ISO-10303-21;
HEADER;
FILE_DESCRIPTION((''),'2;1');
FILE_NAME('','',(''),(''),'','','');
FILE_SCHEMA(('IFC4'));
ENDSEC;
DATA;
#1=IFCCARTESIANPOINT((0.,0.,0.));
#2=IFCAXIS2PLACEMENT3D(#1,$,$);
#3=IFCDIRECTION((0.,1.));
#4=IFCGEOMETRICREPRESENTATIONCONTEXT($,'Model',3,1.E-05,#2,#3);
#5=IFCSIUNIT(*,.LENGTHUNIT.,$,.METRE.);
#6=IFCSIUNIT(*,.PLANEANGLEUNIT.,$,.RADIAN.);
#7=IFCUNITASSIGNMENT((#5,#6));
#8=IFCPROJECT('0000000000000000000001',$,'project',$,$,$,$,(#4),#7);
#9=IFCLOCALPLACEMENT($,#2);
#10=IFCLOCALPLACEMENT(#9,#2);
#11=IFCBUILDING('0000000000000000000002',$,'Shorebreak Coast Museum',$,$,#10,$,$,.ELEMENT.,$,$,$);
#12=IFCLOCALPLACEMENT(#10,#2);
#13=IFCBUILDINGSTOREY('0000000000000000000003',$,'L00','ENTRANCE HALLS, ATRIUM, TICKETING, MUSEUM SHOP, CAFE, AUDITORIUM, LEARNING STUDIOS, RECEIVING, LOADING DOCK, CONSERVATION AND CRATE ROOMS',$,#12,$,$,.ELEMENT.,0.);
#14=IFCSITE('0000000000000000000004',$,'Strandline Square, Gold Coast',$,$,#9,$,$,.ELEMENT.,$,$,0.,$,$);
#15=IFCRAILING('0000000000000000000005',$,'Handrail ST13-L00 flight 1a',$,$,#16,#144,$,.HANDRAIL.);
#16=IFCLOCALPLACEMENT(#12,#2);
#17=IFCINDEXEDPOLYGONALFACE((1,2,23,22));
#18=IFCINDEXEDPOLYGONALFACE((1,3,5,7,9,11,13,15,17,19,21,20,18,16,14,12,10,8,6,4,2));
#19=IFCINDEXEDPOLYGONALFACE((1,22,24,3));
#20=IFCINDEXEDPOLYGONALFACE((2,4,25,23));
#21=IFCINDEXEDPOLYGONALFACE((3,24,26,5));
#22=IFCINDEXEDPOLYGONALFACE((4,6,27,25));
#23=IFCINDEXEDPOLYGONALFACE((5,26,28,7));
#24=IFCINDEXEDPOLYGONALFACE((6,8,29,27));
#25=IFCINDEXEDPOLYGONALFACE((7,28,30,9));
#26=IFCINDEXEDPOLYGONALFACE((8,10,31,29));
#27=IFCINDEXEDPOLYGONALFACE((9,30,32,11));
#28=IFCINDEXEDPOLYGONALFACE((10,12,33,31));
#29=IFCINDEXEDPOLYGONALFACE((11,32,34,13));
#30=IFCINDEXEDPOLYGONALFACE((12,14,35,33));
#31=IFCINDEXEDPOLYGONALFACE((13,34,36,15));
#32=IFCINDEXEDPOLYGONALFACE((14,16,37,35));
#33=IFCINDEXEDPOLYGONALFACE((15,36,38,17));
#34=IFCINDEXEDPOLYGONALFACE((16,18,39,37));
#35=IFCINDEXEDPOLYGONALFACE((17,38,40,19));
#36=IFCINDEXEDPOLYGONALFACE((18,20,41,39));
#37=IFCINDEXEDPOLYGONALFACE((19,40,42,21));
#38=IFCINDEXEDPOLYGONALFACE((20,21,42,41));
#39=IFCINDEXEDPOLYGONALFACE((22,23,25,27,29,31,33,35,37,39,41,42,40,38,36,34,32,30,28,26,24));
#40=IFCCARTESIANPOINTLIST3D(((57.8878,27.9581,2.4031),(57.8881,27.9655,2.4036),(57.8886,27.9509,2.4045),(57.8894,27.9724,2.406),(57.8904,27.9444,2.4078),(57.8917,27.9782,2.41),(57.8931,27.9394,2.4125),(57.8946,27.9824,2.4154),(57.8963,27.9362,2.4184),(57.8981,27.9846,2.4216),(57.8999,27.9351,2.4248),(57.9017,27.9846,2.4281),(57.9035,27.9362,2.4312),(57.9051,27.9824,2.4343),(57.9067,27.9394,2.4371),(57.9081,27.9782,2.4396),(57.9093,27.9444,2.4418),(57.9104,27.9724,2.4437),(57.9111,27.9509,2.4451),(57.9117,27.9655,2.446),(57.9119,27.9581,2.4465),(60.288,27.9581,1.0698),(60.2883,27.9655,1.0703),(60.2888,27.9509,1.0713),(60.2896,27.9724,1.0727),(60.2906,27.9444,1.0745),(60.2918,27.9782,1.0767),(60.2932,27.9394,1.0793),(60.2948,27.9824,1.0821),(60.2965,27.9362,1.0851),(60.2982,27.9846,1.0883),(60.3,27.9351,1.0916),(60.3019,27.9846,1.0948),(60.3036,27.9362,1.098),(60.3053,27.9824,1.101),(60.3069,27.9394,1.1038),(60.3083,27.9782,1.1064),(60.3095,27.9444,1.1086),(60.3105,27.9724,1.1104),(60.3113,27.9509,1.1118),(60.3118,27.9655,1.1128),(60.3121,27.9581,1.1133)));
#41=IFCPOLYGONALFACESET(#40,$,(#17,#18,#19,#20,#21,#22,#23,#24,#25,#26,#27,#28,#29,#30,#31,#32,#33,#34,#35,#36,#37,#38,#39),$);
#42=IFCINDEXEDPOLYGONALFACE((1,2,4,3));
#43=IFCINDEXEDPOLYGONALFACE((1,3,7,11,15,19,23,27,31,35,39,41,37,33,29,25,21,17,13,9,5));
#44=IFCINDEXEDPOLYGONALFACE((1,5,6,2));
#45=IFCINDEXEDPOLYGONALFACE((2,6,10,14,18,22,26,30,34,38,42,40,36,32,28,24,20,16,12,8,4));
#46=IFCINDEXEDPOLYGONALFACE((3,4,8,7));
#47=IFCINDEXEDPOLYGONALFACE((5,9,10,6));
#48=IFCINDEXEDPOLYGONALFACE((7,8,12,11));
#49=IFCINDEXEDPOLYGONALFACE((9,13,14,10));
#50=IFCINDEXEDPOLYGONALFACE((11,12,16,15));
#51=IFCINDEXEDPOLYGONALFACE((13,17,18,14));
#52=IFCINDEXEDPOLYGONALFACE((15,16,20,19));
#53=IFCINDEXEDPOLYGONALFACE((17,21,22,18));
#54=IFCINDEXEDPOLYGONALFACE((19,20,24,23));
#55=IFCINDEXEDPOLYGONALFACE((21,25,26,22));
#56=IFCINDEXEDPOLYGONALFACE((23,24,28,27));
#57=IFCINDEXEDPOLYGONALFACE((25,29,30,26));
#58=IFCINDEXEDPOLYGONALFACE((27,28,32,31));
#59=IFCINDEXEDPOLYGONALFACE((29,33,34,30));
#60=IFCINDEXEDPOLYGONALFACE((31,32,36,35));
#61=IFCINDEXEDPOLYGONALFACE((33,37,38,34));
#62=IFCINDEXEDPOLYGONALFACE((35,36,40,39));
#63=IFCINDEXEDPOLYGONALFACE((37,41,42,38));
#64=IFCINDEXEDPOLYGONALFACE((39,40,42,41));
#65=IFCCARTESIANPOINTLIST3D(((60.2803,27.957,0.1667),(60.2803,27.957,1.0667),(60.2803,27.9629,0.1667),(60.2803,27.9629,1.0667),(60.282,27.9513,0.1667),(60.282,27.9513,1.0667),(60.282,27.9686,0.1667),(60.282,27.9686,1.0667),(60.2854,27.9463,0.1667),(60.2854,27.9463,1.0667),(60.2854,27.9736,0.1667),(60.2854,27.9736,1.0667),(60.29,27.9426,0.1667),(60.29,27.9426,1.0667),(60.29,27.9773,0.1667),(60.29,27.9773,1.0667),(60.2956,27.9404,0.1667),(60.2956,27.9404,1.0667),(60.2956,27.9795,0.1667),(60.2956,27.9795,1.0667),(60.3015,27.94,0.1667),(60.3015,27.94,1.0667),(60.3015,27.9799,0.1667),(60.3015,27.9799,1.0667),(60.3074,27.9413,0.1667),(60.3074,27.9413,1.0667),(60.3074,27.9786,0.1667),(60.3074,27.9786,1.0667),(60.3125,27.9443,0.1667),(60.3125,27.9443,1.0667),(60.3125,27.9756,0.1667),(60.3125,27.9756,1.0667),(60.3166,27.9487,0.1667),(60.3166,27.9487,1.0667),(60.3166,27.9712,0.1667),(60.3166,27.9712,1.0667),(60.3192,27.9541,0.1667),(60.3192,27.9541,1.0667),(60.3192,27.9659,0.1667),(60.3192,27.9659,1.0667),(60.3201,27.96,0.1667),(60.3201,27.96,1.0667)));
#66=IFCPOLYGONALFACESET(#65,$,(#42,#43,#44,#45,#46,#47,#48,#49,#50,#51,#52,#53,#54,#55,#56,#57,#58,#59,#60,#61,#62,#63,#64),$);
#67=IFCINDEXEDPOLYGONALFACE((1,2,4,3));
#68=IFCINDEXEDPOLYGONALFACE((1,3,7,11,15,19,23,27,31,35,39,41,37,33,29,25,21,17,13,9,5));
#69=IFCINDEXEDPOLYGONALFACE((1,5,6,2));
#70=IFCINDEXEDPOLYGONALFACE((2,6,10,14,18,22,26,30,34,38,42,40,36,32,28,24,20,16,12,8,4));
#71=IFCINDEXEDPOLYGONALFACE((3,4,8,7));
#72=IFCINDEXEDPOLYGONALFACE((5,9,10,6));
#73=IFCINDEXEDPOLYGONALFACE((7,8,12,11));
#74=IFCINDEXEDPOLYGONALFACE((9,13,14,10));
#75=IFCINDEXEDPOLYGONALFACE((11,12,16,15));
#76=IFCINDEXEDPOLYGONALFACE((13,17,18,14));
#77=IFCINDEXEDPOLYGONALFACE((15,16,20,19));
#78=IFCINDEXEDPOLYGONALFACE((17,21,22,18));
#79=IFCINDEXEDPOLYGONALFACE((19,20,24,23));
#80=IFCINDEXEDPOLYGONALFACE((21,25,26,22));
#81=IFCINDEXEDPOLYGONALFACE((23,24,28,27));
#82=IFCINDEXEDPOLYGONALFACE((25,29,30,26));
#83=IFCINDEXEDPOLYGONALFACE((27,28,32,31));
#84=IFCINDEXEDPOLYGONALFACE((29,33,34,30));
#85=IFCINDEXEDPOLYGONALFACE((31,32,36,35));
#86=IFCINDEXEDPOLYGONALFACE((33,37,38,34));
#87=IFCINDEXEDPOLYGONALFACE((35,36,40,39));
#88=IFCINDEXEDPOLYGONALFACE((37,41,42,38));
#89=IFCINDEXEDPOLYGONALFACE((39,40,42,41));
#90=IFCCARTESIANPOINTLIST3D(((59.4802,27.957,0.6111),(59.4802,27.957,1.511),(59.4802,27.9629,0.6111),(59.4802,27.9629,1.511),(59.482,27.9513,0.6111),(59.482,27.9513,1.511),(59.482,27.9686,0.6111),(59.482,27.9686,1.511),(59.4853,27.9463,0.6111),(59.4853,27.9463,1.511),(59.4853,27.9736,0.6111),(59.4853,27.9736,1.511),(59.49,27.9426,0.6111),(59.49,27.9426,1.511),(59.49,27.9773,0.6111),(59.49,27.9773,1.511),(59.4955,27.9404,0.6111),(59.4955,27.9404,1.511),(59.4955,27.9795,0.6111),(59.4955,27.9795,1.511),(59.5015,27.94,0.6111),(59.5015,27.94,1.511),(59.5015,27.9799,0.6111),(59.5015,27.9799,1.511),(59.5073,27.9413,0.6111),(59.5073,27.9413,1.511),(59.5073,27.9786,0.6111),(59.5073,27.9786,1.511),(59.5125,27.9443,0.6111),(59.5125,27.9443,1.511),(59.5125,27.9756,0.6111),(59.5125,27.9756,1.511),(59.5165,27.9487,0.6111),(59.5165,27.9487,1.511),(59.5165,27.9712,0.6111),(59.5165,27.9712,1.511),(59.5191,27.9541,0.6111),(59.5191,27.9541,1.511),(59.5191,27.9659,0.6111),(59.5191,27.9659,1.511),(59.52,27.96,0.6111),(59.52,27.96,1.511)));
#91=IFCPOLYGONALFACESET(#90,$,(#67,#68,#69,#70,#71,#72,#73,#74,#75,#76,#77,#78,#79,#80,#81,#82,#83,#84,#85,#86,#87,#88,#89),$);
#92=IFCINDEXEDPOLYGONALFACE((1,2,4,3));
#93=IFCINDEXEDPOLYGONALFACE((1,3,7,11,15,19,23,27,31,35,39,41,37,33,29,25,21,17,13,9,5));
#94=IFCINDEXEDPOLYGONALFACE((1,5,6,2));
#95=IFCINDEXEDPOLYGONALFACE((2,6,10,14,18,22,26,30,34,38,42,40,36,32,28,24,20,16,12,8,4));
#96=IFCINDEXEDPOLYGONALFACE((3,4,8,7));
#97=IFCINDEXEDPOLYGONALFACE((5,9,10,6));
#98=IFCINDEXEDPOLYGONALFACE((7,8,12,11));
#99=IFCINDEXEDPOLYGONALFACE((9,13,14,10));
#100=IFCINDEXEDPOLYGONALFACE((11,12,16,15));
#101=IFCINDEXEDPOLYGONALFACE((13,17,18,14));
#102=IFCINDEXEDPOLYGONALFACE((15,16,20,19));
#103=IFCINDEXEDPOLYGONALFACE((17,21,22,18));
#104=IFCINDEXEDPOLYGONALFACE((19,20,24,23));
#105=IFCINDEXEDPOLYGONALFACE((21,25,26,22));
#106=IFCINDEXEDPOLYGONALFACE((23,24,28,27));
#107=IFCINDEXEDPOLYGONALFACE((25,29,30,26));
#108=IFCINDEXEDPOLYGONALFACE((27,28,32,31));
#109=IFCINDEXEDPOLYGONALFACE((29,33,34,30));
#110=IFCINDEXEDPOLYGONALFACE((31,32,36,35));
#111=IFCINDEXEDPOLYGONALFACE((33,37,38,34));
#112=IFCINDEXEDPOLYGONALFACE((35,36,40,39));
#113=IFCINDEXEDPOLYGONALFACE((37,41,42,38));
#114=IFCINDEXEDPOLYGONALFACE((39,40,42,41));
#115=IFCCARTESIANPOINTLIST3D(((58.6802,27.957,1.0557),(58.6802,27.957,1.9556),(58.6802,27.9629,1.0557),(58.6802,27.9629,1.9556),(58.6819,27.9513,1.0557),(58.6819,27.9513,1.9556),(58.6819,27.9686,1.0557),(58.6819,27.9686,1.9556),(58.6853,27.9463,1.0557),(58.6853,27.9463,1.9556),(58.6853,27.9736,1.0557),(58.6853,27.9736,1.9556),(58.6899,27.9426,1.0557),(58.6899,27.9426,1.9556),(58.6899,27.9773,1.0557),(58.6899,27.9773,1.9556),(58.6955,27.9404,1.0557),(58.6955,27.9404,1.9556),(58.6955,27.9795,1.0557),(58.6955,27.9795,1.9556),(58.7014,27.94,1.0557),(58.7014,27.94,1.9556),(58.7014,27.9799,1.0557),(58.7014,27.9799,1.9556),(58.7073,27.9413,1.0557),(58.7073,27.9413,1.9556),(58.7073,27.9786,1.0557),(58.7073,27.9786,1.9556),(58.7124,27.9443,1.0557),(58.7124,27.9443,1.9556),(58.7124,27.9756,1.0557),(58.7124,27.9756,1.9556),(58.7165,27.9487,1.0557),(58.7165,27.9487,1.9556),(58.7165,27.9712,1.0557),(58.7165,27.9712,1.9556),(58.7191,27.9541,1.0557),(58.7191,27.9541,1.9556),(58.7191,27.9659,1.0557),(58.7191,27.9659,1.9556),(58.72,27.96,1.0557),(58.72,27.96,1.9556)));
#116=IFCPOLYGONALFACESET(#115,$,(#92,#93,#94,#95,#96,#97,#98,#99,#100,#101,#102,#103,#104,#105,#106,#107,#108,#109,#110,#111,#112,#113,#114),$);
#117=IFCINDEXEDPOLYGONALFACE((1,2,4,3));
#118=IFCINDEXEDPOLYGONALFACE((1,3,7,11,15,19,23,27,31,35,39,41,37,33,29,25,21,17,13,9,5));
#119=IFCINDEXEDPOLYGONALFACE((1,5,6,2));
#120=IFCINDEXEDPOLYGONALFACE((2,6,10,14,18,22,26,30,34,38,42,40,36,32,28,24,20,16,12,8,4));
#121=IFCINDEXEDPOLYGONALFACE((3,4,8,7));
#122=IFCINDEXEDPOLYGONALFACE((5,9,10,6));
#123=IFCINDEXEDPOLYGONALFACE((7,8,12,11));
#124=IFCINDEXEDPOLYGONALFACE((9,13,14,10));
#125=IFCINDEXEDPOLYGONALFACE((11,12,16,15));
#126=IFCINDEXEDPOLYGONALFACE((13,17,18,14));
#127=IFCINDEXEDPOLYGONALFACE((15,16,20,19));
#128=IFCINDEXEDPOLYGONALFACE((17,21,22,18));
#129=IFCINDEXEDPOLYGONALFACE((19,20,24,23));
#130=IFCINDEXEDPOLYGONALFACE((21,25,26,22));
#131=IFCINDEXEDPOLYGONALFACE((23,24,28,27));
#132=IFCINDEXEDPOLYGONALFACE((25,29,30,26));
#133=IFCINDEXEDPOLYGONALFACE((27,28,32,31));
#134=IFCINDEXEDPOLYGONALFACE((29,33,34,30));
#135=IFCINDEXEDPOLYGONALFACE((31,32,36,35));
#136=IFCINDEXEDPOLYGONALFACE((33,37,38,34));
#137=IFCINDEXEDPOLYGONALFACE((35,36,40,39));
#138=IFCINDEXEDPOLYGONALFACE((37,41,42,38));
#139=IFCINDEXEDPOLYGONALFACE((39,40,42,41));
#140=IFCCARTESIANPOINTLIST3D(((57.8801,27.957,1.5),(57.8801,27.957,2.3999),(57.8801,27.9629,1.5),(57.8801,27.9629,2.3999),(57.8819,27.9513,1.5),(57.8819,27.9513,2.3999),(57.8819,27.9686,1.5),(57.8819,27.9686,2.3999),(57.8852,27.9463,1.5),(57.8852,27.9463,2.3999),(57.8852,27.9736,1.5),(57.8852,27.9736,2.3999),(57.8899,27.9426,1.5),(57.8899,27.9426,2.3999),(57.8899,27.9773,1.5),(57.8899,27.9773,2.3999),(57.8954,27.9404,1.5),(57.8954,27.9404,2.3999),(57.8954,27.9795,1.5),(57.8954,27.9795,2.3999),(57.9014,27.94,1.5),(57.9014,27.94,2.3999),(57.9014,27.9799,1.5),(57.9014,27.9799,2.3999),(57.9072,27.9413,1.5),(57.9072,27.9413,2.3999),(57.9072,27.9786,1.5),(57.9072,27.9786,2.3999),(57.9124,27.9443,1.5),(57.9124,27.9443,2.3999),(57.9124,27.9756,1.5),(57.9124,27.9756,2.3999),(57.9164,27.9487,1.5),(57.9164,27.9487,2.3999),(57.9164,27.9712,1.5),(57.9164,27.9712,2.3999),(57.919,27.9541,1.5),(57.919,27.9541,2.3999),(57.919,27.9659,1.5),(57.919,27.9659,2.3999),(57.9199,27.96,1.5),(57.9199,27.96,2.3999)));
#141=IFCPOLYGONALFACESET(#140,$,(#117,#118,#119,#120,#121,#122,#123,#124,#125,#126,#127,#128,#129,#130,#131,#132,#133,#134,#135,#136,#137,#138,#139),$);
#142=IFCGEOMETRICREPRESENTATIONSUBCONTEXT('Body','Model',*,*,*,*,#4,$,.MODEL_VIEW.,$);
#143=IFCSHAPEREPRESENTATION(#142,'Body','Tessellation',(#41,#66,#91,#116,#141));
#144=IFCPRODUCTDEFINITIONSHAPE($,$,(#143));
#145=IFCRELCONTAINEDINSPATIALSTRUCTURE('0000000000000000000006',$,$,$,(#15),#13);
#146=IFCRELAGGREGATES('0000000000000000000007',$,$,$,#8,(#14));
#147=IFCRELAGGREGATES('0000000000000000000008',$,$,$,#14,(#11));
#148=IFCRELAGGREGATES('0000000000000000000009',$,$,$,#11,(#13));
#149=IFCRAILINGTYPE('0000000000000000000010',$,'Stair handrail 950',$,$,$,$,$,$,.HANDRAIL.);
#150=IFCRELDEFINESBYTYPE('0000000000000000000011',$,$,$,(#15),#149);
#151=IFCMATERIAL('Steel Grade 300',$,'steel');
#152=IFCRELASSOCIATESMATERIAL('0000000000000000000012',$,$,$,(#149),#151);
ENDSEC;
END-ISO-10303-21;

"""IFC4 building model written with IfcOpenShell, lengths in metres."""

from ifc_helpers import new_model, si_unit, direction, frame, origin, origin_2d, place, context, subcontext, project, spatial, circle, extrude, material, type_object, element, save


model = new_model("IFC4")

# Units and contexts
model_context = context("Model", 3, precision=1e-05, world=origin(), true_north=direction((0.0, 1.0)))
body_context = subcontext(model_context, "Body", "Model", "MODEL_VIEW")
ifc_project = project(units=[si_unit("LENGTHUNIT", "METRE"), si_unit("PLANEANGLEUNIT", "RADIAN")], contexts=[model_context])

# Site, building, storey
site_placement = place(None, origin())
site = spatial("IfcSite", under=ifc_project, at=site_placement, Name="Strandline Square, Gold Coast", CompositionType="ELEMENT", RefElevation=0.0)
building_placement = place(site_placement, origin())
building = spatial("IfcBuilding", under=site, at=building_placement, Name="Shorebreak Coast Museum", CompositionType="ELEMENT")
storey_placement = place(building_placement, origin())
storey = spatial("IfcBuildingStorey", under=building, at=storey_placement, Name="L00", Description="ENTRANCE HALLS, ATRIUM, TICKETING, MUSEUM SHOP, CAFE, AUDITORIUM, LEARNING STUDIOS, RECEIVING, LOADING DOCK, CONSERVATION AND CRATE ROOMS", CompositionType="ELEMENT", Elevation=0.0)

# Railing
ifc_material_1 = material(Name="Steel Grade 300", Category="steel")
railing_type_1 = type_object("IfcRailingType", Name="Stair handrail 950", PredefinedType="HANDRAIL", material=ifc_material_1)
for number, where, name in (
    (1, (60.3, 27.96, 0.1667), "Handrail ST13-L00 flight 1a"),
):
    element("IfcRailing", number, at=place(storey_placement, frame(where)), inside=storey, type_object=railing_type_1, Name=name, PredefinedType="HANDRAIL", context=body_context, shape_type="SweptSolid", body=[
        extrude(circle(Radius=0.0249, at=origin_2d()), frame((0.0, 0.0, 0.9248), z_axis=(-0.874182, 0.0, 0.485598), x_axis=(0.0, -1.0, 0.0)), (0.0, 0.0, 1.0), 2.7456),
        extrude(circle(Radius=0.02, at=origin_2d()), origin(), (0.0, 0.0, 1.0), 0.8999),
        extrude(circle(Radius=0.02, at=origin_2d()), frame((-0.8, 0.0, 0.4443)), (0.0, 0.0, 1.0), 0.8999),
        extrude(circle(Radius=0.02, at=origin_2d()), frame((-1.6001, 0.0, 0.8889)), (0.0, 0.0, 1.0), 0.8999),
        extrude(circle(Radius=0.02, at=origin_2d()), frame((-2.4001, 0.0, 1.3333)), (0.0, 0.0, 1.0), 0.8999),
    ])

save(model, "model.ifc")
